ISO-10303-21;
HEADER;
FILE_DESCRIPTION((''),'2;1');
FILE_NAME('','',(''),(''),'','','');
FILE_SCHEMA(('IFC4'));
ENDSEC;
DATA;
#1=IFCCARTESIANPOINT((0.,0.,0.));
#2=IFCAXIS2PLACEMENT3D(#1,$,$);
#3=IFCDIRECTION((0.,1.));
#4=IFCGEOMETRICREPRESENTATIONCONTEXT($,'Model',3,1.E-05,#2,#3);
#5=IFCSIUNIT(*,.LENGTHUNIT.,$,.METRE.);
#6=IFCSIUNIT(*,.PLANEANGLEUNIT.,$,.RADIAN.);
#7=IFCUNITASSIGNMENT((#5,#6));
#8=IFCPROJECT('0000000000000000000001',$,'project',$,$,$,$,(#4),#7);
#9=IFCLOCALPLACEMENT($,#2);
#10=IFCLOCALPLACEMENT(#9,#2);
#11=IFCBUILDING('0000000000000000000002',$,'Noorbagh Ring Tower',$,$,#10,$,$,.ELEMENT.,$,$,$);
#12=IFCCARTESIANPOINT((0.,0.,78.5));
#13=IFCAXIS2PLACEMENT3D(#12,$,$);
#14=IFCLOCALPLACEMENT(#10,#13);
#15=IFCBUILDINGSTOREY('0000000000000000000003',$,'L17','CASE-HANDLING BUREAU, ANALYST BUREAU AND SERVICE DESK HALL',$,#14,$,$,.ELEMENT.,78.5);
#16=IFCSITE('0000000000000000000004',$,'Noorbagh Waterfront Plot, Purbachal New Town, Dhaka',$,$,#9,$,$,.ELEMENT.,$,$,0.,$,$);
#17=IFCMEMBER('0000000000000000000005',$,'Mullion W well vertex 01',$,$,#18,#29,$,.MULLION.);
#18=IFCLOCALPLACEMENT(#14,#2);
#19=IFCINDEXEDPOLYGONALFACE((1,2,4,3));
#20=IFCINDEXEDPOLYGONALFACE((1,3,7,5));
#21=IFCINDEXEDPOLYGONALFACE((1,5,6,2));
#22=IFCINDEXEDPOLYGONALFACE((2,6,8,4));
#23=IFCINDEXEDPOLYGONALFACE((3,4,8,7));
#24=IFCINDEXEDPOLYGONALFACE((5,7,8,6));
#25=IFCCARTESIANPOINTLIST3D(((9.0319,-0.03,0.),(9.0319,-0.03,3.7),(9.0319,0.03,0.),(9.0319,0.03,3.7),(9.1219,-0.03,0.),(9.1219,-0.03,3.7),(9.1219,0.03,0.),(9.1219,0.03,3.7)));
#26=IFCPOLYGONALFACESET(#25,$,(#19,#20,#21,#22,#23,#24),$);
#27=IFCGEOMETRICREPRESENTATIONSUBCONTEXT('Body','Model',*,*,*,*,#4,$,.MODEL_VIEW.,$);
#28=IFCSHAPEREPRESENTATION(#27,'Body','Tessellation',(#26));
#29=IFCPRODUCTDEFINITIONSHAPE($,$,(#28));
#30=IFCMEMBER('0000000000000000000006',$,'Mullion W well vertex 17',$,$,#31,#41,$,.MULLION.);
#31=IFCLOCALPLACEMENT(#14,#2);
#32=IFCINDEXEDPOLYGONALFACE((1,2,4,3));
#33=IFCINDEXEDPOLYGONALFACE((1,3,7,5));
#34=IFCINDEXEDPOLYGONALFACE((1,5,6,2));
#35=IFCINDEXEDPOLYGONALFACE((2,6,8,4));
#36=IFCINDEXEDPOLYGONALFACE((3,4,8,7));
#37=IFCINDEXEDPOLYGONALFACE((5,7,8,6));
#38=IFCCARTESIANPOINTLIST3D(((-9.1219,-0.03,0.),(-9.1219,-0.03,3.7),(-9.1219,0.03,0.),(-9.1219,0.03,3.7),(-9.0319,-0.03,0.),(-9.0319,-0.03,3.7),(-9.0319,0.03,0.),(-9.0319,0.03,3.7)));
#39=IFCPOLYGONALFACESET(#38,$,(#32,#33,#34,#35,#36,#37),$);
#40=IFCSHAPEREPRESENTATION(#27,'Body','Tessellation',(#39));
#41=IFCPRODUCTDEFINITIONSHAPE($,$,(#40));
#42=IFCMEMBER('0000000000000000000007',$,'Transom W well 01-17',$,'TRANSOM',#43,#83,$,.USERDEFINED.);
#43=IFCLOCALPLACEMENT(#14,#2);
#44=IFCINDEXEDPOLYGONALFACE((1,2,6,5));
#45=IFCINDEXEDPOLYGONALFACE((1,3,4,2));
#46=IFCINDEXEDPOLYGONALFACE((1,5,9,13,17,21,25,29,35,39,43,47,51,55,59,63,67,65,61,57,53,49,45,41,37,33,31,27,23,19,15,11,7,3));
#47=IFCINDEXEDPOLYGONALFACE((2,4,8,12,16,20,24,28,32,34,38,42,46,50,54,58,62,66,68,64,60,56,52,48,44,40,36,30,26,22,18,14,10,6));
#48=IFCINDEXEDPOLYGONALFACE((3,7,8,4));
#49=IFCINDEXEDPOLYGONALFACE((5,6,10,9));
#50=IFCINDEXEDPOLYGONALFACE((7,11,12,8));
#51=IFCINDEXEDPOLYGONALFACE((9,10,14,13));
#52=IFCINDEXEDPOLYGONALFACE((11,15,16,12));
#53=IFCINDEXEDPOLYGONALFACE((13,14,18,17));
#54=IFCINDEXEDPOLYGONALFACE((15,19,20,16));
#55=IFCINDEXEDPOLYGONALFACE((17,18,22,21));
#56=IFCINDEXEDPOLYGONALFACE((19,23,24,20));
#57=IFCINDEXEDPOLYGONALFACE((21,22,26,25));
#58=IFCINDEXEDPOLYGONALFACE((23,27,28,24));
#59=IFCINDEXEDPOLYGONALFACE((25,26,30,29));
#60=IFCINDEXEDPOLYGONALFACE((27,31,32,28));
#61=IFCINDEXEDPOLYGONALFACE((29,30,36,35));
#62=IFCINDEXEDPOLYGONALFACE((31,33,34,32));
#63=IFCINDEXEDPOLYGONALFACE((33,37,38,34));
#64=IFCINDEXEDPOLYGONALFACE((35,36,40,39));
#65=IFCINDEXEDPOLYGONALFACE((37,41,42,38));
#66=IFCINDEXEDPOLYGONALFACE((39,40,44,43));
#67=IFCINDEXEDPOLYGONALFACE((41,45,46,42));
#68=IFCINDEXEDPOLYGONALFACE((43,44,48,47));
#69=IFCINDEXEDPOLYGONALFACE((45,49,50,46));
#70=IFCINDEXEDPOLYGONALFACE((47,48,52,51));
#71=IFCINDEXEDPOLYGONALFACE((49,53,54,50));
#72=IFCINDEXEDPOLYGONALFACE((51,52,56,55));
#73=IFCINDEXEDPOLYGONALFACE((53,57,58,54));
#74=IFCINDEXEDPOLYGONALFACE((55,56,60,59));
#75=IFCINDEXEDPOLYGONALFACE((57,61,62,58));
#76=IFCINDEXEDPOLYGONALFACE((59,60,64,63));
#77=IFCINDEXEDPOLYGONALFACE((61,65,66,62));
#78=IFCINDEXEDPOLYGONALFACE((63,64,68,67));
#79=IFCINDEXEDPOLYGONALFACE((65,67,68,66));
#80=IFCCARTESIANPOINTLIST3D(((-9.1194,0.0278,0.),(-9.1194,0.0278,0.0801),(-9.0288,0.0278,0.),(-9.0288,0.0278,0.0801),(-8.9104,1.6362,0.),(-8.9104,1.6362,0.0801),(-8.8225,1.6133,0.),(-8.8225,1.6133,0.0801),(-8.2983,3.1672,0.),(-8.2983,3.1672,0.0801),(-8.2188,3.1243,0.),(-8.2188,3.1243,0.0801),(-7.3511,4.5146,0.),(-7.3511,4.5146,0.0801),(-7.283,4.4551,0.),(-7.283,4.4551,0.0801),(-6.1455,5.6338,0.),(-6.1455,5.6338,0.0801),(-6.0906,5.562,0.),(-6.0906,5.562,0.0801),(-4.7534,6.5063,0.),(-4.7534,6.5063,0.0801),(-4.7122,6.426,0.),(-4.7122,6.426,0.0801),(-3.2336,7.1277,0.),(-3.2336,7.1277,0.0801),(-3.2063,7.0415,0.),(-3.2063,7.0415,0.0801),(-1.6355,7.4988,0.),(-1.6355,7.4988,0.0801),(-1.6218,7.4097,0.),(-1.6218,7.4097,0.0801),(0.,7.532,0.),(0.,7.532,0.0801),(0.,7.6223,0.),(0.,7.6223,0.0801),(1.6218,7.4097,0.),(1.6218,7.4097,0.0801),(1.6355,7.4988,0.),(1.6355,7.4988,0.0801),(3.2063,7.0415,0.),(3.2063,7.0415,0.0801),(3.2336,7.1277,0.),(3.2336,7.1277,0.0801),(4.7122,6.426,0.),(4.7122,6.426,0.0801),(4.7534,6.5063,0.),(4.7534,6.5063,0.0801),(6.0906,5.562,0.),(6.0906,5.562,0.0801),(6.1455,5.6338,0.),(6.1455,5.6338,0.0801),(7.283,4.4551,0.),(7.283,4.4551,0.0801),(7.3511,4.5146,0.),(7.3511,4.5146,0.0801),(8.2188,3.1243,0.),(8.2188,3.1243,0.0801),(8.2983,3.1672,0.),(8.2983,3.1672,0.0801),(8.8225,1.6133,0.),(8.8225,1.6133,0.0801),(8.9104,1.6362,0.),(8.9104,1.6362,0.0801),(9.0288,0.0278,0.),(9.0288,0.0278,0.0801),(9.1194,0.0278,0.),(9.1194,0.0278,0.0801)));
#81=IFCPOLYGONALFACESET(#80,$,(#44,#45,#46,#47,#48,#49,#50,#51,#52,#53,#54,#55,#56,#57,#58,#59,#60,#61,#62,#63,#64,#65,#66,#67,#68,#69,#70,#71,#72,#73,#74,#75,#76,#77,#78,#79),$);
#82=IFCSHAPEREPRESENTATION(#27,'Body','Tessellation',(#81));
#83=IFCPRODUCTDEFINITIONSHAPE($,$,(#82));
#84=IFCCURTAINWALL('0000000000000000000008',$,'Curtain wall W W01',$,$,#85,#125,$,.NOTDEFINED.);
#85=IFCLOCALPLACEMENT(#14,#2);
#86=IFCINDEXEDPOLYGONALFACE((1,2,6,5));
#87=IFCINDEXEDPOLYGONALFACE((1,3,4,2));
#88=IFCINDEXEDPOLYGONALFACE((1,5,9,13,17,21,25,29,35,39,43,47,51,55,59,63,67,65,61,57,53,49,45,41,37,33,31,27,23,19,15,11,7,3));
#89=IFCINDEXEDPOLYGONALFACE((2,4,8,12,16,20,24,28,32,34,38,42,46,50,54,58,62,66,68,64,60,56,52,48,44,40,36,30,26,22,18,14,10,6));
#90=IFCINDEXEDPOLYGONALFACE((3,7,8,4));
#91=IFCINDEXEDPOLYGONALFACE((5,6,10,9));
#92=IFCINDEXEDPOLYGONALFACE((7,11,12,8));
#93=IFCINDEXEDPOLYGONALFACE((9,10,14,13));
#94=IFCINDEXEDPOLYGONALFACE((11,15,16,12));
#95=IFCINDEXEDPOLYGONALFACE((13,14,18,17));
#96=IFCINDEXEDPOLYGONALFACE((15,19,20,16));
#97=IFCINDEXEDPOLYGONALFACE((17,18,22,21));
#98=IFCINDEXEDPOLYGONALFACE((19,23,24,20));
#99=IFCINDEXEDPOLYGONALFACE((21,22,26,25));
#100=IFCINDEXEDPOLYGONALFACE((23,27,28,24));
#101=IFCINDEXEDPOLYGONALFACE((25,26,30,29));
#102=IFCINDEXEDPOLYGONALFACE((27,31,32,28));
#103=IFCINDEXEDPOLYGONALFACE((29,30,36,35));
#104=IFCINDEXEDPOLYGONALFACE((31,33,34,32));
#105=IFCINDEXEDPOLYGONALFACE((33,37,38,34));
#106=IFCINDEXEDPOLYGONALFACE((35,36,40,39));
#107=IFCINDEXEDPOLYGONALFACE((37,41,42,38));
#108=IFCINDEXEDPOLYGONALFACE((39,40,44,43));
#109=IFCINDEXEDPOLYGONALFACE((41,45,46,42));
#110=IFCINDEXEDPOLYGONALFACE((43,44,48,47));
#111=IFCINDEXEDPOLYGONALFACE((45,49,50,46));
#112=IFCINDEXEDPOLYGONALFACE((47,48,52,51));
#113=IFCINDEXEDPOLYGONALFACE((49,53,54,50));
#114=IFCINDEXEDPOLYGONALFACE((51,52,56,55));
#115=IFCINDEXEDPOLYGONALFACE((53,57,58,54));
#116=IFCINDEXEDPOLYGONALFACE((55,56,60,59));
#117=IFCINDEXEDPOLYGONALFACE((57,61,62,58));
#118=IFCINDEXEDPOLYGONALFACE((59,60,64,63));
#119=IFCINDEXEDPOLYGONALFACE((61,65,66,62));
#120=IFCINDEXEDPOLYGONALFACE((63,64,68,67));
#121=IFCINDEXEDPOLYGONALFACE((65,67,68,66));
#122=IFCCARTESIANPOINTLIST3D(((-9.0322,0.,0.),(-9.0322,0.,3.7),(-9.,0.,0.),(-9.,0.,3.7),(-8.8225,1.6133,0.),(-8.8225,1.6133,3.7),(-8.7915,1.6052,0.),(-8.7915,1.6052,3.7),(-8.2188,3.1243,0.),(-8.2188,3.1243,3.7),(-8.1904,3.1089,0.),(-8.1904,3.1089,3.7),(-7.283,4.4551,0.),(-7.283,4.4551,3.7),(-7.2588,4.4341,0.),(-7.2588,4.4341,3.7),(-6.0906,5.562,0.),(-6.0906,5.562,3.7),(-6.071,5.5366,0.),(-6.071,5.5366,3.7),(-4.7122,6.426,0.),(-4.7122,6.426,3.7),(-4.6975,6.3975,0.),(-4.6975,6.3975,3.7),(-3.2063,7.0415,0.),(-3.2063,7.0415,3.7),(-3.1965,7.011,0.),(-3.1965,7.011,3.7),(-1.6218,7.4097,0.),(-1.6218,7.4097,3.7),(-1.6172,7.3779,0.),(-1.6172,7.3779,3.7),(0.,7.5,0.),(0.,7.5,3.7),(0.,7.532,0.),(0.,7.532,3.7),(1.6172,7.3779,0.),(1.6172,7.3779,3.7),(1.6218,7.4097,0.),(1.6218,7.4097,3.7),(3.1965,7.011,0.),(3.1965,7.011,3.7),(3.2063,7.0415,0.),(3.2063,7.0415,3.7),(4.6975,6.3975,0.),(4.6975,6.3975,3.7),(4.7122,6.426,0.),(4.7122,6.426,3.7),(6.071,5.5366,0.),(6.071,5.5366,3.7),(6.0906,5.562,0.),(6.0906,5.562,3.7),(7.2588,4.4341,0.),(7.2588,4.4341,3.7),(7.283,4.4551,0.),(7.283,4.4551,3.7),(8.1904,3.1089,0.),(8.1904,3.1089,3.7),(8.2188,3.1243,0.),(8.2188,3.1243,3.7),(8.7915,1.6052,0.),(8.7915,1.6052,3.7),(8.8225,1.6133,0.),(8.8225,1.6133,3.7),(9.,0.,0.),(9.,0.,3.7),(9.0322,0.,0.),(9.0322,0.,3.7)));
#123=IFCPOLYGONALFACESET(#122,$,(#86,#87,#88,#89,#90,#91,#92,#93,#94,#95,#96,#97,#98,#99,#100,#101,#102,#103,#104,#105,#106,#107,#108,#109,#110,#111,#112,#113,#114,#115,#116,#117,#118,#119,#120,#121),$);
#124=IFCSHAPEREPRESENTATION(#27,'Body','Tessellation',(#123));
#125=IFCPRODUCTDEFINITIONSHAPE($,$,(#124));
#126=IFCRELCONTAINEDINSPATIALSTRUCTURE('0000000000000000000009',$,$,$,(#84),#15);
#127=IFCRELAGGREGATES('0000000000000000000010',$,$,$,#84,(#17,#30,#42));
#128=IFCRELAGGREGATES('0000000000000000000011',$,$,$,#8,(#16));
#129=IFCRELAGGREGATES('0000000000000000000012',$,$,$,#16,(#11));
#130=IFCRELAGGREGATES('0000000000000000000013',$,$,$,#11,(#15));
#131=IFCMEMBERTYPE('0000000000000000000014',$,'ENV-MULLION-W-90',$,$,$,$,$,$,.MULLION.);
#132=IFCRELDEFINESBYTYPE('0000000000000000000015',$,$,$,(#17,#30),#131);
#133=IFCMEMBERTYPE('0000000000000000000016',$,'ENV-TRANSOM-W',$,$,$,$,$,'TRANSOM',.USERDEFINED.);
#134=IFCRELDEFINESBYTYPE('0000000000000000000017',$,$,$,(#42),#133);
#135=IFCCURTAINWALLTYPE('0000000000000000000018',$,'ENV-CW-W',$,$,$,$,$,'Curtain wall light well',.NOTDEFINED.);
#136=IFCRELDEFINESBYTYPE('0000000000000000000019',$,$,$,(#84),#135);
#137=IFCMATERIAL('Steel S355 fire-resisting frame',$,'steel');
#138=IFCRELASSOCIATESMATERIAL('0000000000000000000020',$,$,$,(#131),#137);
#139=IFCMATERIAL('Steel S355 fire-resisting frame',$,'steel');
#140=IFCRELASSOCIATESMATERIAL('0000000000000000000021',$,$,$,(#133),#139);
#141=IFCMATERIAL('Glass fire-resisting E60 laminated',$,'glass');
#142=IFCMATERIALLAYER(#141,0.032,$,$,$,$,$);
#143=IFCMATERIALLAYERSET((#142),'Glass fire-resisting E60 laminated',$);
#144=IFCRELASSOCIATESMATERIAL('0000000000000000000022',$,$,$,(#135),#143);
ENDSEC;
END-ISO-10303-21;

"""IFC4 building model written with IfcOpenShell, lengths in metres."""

from ifc_helpers import new_model, si_unit, direction, frame, origin, origin_2d, place, context, subcontext, project, spatial, polyline, rectangle, outline, extrude, material, layer, layer_set, material_profile, profile_set, type_object, element, aggregate, save


model = new_model("IFC4")

# Units and contexts
model_context = context("Model", 3, precision=1e-05, world=origin(), true_north=direction((0.0, 1.0)))
body_context = subcontext(model_context, "Body", "Model", "MODEL_VIEW")
ifc_project = project(units=[si_unit("LENGTHUNIT", "METRE"), si_unit("PLANEANGLEUNIT", "RADIAN")], contexts=[model_context])

# Members
site_placement = place(None, origin())
building_placement = place(site_placement, origin())
storey_placement = place(building_placement, frame((0.0, 0.0, 78.5)))
ifc_material_1 = material(Name="Steel S355 fire-resisting frame", Category="steel")
ifc_material_profile_1 = material_profile(ifc_material_1, rectangle(XDim=0.0901, YDim=0.0601, at=origin_2d()), Name="90x60")
ifc_profile_set_1 = profile_set([ifc_material_profile_1], Name="Steel S355 fire-resisting frame")
member_type_1 = type_object("IfcMemberType", Name="ENV-MULLION-W-90", PredefinedType="MULLION", material=ifc_profile_set_1)
member_1_placement = place(storey_placement, frame((9.0769, 0.0, 0.0), z_axis=(0.0, 0.0, 1.0), x_axis=(1.0, 0.0, 0.0)))
member_1 = element("IfcMember", 1, at=member_1_placement, type_object=member_type_1, Name="Mullion W well vertex 01", PredefinedType="MULLION", context=body_context, shape_type="SweptSolid", body=[
    extrude(rectangle(XDim=0.0901, YDim=0.0601, at=origin_2d()), origin(), (0.0, 0.0, 1.0), 3.7),
])
member_2_placement = place(storey_placement, frame((-9.0769, 0.0, 0.0), z_axis=(0.0, 0.0, 1.0), x_axis=(-1.0, 0.0, 0.0)))
member_2 = element("IfcMember", 2, at=member_2_placement, type_object=member_type_1, Name="Mullion W well vertex 17", PredefinedType="MULLION", context=body_context, shape_type="SweptSolid", body=[
    extrude(rectangle(XDim=0.0901, YDim=0.0601, at=origin_2d()), origin(), (0.0, 0.0, 1.0), 3.7),
])
ifc_material_2 = material(Name="Steel S355 fire-resisting frame", Category="steel")
member_type_2 = type_object("IfcMemberType", Name="ENV-TRANSOM-W", ElementType="TRANSOM", PredefinedType="USERDEFINED", material=ifc_material_2)
member_3_placement = place(storey_placement, origin())
member_3 = element("IfcMember", 3, at=member_3_placement, type_object=member_type_2, Name="Transom W well 01-17", ObjectType="TRANSOM", PredefinedType="USERDEFINED", context=body_context, shape_type="SweptSolid", body=[
    extrude(outline(polyline([(9.1194, 0.0278), (8.9104, 1.6362), (8.2983, 3.1672), (7.3511, 4.5146), (6.1455, 5.6338), (4.7534, 6.5063), (3.2336, 7.1277), (1.6355, 7.4988), (0.0, 7.6223), (-1.6355, 7.4988), (-3.2336, 7.1277), (-4.7534, 6.5063), (-6.1455, 5.6338), (-7.3511, 4.5146), (-8.2983, 3.1672), (-8.9104, 1.6362), (-9.1194, 0.0278), (-9.0288, 0.0278), (-8.8225, 1.6133), (-8.2188, 3.1243), (-7.283, 4.4551), (-6.0906, 5.562), (-4.7122, 6.426), (-3.2063, 7.0415), (-1.6218, 7.4097), (0.0, 7.532), (1.6218, 7.4097), (3.2063, 7.0415), (4.7122, 6.426), (6.0906, 5.562), (7.283, 4.4551), (8.2188, 3.1243), (8.8225, 1.6133), (9.0288, 0.0278), (9.1194, 0.0278)])), origin(), (0.0, 0.0, 1.0), 0.0801),
])

# Site, building, storey
site = spatial("IfcSite", under=ifc_project, at=site_placement, Name="Noorbagh Waterfront Plot, Purbachal New Town, Dhaka", CompositionType="ELEMENT", RefElevation=0.0)
building = spatial("IfcBuilding", under=site, at=building_placement, Name="Noorbagh Ring Tower", CompositionType="ELEMENT")
storey = spatial("IfcBuildingStorey", under=building, at=storey_placement, Name="L17", Description="CASE-HANDLING BUREAU, ANALYST BUREAU AND SERVICE DESK HALL", CompositionType="ELEMENT", Elevation=78.5)

# Curtain wall
ifc_material_3 = material(Name="Glass fire-resisting E60 laminated", Category="glass")
ifc_layer_1 = layer(ifc_material_3, 0.032)
ifc_layer_set_1 = layer_set([ifc_layer_1], Name="Glass fire-resisting E60 laminated")
curtain_wall_type_1 = type_object("IfcCurtainWallType", Name="ENV-CW-W", ElementType="Curtain wall light well", PredefinedType="NOTDEFINED", material=ifc_layer_set_1)
curtain_wall_1_placement = place(storey_placement, origin())
curtain_wall_1 = element("IfcCurtainWall", 4, at=curtain_wall_1_placement, inside=storey, type_object=curtain_wall_type_1, Name="Curtain wall W W01", PredefinedType="NOTDEFINED", context=body_context, shape_type="SweptSolid", body=[
    extrude(outline(polyline([(9.0322, 0.0), (8.8225, 1.6133), (8.2188, 3.1243), (7.283, 4.4551), (6.0906, 5.562), (4.7122, 6.426), (3.2063, 7.0415), (1.6218, 7.4097), (0.0, 7.532), (-1.6218, 7.4097), (-3.2063, 7.0415), (-4.7122, 6.426), (-6.0906, 5.562), (-7.283, 4.4551), (-8.2188, 3.1243), (-8.8225, 1.6133), (-9.0322, 0.0), (-9.0, 0.0), (-8.7915, 1.6052), (-8.1904, 3.1089), (-7.2588, 4.4341), (-6.071, 5.5366), (-4.6975, 6.3975), (-3.1965, 7.011), (-1.6172, 7.3779), (0.0, 7.5), (1.6172, 7.3779), (3.1965, 7.011), (4.6975, 6.3975), (6.071, 5.5366), (7.2588, 4.4341), (8.1904, 3.1089), (8.7915, 1.6052), (9.0, 0.0), (9.0322, 0.0)])), origin(), (0.0, 0.0, 1.0), 3.7),
])
aggregate(curtain_wall_1, [member_1, member_2, member_3])

save(model, "model.ifc")
